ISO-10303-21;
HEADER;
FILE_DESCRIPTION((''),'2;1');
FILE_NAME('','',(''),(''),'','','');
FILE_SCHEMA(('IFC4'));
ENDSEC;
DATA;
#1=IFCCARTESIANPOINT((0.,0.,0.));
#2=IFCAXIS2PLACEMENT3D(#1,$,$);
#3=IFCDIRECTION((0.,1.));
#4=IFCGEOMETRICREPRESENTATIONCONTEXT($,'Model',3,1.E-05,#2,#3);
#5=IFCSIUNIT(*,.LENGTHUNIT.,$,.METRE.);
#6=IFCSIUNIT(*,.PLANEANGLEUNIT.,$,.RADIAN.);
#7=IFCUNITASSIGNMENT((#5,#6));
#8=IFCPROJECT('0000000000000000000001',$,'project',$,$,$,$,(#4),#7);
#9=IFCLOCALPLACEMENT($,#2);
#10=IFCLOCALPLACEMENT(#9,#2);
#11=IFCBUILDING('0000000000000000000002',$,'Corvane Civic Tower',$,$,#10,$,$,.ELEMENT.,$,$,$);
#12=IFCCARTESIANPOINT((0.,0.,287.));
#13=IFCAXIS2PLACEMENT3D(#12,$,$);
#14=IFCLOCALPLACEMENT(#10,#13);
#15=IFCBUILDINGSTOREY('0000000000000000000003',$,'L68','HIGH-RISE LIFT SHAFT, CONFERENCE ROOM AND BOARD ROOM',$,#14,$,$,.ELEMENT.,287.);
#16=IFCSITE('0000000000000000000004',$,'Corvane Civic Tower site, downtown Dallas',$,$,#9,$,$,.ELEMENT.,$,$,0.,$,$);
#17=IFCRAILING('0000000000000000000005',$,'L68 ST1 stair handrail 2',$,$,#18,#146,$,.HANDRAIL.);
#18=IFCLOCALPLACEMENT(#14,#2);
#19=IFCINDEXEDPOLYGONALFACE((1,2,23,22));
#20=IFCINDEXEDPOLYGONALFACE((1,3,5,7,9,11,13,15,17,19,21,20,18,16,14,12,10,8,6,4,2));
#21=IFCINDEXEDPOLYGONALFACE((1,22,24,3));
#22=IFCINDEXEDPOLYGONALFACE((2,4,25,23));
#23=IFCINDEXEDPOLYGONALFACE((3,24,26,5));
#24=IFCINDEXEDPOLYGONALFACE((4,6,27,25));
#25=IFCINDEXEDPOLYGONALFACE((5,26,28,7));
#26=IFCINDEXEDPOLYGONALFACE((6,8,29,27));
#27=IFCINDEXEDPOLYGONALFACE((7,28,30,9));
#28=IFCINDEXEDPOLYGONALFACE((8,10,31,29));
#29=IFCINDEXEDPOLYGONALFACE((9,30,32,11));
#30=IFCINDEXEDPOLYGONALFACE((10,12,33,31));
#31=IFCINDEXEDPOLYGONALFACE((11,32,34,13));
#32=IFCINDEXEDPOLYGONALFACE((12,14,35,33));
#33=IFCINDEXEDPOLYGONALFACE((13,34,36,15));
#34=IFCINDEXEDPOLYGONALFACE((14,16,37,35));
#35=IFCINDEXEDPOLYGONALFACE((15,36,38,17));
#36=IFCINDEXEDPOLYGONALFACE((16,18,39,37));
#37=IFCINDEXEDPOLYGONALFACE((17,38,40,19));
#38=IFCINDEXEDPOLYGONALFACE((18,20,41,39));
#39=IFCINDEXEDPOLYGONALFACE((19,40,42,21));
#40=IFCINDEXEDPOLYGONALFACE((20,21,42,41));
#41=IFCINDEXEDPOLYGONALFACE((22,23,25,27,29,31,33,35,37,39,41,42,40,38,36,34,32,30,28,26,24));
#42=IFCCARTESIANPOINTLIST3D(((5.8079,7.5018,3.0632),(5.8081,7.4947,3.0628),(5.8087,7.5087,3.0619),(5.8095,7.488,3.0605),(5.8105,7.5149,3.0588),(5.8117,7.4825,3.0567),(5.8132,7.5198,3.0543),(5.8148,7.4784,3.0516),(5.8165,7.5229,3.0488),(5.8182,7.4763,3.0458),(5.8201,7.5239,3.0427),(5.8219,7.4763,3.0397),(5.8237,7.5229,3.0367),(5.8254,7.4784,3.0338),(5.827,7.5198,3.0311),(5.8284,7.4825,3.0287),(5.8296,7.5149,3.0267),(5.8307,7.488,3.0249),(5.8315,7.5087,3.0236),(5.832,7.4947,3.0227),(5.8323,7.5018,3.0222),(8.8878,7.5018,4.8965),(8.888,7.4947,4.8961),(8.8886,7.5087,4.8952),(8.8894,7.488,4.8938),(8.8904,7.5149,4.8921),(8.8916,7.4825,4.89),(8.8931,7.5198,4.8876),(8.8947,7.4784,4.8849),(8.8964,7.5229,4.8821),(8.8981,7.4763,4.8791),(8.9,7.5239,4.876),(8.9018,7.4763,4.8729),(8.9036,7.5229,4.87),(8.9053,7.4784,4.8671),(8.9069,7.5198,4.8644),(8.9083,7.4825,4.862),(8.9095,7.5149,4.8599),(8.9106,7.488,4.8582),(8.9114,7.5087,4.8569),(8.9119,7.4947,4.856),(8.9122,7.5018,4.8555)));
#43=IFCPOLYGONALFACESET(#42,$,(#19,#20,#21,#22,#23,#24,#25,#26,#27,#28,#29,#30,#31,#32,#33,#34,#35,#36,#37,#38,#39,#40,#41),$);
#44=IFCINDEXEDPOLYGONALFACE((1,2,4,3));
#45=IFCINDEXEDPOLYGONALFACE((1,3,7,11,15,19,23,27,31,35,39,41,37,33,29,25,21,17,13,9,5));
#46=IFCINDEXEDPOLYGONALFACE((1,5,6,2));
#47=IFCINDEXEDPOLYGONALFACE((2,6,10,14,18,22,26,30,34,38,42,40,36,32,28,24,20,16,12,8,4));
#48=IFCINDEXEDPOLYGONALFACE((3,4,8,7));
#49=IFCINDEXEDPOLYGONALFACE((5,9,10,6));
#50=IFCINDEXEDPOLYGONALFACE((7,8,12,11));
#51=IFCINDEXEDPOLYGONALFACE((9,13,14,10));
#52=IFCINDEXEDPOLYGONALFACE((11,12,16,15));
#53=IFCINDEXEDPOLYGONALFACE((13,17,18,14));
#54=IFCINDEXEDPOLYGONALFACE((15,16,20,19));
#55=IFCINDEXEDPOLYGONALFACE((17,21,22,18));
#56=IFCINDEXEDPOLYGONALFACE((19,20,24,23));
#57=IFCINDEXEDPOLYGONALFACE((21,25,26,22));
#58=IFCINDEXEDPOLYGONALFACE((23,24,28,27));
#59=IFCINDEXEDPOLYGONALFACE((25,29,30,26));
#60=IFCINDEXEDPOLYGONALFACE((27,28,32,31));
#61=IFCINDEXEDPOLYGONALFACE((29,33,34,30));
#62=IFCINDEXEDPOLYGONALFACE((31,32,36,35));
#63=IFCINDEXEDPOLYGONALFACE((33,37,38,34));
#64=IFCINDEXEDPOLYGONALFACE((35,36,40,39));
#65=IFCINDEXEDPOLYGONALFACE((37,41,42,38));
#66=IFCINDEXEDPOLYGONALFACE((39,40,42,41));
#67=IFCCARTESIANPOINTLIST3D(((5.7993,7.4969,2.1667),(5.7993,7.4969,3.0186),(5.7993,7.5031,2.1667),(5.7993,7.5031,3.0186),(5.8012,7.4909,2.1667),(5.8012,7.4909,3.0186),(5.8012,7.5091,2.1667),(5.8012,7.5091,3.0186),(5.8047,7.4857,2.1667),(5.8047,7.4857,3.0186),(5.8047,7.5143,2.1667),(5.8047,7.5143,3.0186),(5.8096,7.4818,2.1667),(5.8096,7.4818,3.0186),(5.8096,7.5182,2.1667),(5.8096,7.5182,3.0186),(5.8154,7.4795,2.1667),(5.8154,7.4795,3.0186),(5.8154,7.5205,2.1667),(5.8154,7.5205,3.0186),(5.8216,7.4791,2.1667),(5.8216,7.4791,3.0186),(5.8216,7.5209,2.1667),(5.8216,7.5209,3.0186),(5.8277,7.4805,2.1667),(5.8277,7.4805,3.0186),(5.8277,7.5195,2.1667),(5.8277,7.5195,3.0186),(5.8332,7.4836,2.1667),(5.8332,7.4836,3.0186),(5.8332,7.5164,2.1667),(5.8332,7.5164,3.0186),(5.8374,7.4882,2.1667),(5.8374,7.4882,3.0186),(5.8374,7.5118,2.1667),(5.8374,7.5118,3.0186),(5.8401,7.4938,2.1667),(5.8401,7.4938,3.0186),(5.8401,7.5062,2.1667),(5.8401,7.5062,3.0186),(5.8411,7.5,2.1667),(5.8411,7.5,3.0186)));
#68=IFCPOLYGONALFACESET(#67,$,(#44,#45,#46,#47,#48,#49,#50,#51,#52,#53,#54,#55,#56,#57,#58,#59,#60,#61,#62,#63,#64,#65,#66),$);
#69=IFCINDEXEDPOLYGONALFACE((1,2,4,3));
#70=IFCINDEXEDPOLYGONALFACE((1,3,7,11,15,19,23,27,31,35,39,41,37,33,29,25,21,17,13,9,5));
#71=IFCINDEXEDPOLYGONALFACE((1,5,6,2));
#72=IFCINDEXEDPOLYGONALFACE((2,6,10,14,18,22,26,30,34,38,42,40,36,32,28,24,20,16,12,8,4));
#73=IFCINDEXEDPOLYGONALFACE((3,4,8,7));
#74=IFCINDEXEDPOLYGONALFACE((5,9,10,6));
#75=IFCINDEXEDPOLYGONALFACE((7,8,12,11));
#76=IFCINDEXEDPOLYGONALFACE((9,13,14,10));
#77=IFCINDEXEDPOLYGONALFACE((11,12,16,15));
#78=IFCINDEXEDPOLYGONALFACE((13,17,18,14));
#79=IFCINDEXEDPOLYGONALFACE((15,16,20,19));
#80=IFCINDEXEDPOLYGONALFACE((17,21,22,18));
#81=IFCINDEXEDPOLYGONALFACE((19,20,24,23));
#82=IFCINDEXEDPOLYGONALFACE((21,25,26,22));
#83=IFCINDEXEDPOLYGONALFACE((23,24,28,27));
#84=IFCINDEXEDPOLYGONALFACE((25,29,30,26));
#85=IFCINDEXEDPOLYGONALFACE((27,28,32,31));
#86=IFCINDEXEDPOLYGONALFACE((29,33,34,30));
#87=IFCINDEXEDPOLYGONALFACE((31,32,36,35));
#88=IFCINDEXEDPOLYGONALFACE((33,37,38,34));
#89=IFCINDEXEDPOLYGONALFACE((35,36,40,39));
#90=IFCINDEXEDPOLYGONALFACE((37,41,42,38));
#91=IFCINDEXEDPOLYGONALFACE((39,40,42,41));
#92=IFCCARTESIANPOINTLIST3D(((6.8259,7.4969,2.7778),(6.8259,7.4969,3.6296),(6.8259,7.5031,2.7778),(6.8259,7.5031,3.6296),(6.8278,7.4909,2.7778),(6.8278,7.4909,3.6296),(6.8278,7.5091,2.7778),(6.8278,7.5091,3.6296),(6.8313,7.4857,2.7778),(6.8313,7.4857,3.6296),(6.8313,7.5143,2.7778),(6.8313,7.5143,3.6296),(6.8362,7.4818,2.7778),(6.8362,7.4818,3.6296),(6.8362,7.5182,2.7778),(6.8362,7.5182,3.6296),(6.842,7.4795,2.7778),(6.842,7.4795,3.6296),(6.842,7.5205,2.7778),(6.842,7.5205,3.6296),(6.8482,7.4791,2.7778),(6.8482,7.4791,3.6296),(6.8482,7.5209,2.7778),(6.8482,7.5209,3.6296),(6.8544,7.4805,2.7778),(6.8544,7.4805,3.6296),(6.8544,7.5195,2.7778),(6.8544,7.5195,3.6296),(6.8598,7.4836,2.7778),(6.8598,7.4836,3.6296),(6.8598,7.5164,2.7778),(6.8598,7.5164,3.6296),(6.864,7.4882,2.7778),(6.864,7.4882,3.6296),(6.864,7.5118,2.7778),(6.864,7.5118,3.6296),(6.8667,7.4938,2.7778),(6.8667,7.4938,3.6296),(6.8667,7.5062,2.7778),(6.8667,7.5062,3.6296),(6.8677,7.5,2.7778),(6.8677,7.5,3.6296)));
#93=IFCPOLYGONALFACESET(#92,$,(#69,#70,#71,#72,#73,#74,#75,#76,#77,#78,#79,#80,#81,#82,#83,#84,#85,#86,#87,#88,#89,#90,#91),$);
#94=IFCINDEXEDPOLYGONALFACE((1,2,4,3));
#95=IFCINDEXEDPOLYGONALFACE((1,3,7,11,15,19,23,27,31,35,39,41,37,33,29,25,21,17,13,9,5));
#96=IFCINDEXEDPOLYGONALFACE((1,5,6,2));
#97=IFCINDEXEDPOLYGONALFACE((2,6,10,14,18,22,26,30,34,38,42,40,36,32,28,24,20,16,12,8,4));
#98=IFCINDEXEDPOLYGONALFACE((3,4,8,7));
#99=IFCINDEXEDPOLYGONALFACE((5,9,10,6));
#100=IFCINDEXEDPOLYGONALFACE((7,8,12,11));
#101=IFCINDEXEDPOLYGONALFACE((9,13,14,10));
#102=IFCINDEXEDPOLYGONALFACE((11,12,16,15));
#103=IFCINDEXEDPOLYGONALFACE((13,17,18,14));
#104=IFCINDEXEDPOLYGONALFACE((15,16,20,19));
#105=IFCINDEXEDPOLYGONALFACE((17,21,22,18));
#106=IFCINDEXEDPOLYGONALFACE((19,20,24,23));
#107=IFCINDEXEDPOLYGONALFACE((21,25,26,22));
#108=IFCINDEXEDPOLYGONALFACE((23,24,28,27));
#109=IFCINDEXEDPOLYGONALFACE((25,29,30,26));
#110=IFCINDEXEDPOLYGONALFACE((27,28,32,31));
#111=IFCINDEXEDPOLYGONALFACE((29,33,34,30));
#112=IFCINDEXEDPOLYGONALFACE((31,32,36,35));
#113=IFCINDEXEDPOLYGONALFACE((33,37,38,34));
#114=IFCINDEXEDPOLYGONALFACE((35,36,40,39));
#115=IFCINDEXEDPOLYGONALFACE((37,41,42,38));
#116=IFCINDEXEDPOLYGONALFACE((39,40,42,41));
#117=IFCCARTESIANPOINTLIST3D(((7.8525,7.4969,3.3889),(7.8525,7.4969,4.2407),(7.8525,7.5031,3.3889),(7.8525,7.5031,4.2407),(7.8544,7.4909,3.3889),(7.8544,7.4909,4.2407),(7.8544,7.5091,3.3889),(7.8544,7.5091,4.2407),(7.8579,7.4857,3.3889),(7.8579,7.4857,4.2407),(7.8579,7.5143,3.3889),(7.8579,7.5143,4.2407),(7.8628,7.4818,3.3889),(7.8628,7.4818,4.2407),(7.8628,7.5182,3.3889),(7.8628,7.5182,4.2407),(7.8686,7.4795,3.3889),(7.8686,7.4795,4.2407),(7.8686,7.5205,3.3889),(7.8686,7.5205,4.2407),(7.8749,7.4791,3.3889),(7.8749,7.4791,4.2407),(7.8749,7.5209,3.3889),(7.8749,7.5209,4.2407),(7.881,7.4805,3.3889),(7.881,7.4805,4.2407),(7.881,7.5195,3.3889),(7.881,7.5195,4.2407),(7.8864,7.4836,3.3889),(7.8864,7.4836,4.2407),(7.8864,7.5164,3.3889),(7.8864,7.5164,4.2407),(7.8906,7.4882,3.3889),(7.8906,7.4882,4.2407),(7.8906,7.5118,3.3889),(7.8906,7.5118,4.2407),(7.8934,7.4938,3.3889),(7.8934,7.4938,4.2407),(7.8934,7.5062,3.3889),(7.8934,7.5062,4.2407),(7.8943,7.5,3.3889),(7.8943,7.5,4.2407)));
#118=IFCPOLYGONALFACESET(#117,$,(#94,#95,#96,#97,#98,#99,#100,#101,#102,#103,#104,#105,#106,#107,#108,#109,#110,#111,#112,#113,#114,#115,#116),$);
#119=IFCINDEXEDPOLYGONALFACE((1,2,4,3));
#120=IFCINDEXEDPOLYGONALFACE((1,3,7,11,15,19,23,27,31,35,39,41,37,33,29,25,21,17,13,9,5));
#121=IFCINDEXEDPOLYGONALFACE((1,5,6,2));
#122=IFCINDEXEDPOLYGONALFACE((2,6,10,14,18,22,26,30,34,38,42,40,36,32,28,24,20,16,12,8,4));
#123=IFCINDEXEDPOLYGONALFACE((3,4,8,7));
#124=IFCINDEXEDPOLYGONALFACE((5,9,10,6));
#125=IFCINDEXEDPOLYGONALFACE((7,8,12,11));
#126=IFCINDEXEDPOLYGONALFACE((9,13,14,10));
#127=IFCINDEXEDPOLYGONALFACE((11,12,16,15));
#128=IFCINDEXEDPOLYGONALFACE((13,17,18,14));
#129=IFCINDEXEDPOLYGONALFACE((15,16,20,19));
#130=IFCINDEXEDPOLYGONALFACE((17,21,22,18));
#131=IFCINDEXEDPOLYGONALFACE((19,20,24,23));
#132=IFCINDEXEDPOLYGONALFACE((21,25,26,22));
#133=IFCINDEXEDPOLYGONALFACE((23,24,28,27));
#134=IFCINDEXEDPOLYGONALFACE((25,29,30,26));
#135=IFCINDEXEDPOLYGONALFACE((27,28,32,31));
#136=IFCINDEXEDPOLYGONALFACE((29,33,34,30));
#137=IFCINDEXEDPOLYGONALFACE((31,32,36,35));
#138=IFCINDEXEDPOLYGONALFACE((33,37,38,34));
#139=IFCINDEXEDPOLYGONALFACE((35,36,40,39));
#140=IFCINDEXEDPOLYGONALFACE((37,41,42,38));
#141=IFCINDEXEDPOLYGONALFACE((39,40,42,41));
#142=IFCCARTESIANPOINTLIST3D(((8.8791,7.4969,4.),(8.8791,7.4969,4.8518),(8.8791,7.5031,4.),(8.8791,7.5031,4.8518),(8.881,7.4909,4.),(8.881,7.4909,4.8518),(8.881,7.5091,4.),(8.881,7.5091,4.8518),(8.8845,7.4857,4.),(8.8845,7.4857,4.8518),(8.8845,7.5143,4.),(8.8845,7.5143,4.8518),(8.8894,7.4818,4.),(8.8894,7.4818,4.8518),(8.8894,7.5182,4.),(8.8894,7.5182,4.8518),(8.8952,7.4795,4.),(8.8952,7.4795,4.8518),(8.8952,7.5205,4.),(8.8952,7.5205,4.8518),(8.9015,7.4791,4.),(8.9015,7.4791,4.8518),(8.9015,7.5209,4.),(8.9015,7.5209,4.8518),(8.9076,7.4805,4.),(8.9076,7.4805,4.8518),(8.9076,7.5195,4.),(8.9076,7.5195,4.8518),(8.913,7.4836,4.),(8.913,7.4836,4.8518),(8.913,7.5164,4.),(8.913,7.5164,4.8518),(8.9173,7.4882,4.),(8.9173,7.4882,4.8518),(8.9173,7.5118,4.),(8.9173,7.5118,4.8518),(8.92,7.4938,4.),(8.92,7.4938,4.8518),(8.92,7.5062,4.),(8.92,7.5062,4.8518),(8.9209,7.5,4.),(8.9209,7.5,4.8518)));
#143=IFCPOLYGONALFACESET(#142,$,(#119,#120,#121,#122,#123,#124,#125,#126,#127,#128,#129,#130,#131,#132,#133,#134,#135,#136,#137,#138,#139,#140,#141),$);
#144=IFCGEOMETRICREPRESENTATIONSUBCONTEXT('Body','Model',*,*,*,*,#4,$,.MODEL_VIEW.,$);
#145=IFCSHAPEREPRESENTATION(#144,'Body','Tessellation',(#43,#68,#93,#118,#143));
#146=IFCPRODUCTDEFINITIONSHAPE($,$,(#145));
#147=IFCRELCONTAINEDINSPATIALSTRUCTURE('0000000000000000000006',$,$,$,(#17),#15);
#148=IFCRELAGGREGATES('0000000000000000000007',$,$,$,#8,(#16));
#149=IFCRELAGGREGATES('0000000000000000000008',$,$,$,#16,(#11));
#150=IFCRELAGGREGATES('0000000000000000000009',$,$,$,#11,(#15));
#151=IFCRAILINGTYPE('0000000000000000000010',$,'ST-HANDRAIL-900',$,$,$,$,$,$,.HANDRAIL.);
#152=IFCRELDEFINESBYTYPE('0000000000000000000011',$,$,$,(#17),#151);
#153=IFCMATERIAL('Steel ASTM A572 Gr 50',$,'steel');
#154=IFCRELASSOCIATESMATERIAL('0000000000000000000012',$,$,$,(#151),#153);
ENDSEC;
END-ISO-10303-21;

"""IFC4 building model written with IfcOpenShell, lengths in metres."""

from ifc_helpers import new_model, si_unit, direction, frame, origin, origin_2d, place, context, subcontext, project, spatial, circle, extrude, material, type_object, element, save


model = new_model("IFC4")

# Units and contexts
model_context = context("Model", 3, precision=1e-05, world=origin(), true_north=direction((0.0, 1.0)))
body_context = subcontext(model_context, "Body", "Model", "MODEL_VIEW")
ifc_project = project(units=[si_unit("LENGTHUNIT", "METRE"), si_unit("PLANEANGLEUNIT", "RADIAN")], contexts=[model_context])

# Site, building, storey
site_placement = place(None, origin())
site = spatial("IfcSite", under=ifc_project, at=site_placement, Name="Corvane Civic Tower site, downtown Dallas", CompositionType="ELEMENT", RefElevation=0.0)
building_placement = place(site_placement, origin())
building = spatial("IfcBuilding", under=site, at=building_placement, Name="Corvane Civic Tower", CompositionType="ELEMENT")
storey_placement = place(building_placement, frame((0.0, 0.0, 287.0)))
storey = spatial("IfcBuildingStorey", under=building, at=storey_placement, Name="L68", Description="HIGH-RISE LIFT SHAFT, CONFERENCE ROOM AND BOARD ROOM", CompositionType="ELEMENT", Elevation=287.0)

# Railing
ifc_material_1 = material(Name="Steel ASTM A572 Gr 50", Category="steel")
railing_type_1 = type_object("IfcRailingType", Name="ST-HANDRAIL-900", PredefinedType="HANDRAIL", material=ifc_material_1)
railing_1_placement = place(storey_placement, frame((5.8201, 7.5, 2.1667)))
element("IfcRailing", 1, at=railing_1_placement, inside=storey, type_object=railing_type_1, Name="L68 ST1 stair handrail 2", PredefinedType="HANDRAIL", context=body_context, shape_type="SweptSolid", body=[
    extrude(circle(Radius=0.0239, at=origin_2d()), frame((0.0, 0.0, 0.876), z_axis=(0.859291, 0.0, 0.511487), x_axis=(0.0, 1.0, 0.0)), (0.0, 0.0, 1.0), 3.5842),
    extrude(circle(Radius=0.021, at=origin_2d()), origin(), (0.0, 0.0, 1.0), 0.8518),
    extrude(circle(Radius=0.021, at=origin_2d()), frame((1.0266, 0.0, 0.6111)), (0.0, 0.0, 1.0), 0.8518),
    extrude(circle(Radius=0.021, at=origin_2d()), frame((2.0532, 0.0, 1.2222)), (0.0, 0.0, 1.0), 0.8518),
    extrude(circle(Radius=0.021, at=origin_2d()), frame((3.0798, 0.0, 1.8333)), (0.0, 0.0, 1.0), 0.8518),
])

save(model, "model.ifc")
